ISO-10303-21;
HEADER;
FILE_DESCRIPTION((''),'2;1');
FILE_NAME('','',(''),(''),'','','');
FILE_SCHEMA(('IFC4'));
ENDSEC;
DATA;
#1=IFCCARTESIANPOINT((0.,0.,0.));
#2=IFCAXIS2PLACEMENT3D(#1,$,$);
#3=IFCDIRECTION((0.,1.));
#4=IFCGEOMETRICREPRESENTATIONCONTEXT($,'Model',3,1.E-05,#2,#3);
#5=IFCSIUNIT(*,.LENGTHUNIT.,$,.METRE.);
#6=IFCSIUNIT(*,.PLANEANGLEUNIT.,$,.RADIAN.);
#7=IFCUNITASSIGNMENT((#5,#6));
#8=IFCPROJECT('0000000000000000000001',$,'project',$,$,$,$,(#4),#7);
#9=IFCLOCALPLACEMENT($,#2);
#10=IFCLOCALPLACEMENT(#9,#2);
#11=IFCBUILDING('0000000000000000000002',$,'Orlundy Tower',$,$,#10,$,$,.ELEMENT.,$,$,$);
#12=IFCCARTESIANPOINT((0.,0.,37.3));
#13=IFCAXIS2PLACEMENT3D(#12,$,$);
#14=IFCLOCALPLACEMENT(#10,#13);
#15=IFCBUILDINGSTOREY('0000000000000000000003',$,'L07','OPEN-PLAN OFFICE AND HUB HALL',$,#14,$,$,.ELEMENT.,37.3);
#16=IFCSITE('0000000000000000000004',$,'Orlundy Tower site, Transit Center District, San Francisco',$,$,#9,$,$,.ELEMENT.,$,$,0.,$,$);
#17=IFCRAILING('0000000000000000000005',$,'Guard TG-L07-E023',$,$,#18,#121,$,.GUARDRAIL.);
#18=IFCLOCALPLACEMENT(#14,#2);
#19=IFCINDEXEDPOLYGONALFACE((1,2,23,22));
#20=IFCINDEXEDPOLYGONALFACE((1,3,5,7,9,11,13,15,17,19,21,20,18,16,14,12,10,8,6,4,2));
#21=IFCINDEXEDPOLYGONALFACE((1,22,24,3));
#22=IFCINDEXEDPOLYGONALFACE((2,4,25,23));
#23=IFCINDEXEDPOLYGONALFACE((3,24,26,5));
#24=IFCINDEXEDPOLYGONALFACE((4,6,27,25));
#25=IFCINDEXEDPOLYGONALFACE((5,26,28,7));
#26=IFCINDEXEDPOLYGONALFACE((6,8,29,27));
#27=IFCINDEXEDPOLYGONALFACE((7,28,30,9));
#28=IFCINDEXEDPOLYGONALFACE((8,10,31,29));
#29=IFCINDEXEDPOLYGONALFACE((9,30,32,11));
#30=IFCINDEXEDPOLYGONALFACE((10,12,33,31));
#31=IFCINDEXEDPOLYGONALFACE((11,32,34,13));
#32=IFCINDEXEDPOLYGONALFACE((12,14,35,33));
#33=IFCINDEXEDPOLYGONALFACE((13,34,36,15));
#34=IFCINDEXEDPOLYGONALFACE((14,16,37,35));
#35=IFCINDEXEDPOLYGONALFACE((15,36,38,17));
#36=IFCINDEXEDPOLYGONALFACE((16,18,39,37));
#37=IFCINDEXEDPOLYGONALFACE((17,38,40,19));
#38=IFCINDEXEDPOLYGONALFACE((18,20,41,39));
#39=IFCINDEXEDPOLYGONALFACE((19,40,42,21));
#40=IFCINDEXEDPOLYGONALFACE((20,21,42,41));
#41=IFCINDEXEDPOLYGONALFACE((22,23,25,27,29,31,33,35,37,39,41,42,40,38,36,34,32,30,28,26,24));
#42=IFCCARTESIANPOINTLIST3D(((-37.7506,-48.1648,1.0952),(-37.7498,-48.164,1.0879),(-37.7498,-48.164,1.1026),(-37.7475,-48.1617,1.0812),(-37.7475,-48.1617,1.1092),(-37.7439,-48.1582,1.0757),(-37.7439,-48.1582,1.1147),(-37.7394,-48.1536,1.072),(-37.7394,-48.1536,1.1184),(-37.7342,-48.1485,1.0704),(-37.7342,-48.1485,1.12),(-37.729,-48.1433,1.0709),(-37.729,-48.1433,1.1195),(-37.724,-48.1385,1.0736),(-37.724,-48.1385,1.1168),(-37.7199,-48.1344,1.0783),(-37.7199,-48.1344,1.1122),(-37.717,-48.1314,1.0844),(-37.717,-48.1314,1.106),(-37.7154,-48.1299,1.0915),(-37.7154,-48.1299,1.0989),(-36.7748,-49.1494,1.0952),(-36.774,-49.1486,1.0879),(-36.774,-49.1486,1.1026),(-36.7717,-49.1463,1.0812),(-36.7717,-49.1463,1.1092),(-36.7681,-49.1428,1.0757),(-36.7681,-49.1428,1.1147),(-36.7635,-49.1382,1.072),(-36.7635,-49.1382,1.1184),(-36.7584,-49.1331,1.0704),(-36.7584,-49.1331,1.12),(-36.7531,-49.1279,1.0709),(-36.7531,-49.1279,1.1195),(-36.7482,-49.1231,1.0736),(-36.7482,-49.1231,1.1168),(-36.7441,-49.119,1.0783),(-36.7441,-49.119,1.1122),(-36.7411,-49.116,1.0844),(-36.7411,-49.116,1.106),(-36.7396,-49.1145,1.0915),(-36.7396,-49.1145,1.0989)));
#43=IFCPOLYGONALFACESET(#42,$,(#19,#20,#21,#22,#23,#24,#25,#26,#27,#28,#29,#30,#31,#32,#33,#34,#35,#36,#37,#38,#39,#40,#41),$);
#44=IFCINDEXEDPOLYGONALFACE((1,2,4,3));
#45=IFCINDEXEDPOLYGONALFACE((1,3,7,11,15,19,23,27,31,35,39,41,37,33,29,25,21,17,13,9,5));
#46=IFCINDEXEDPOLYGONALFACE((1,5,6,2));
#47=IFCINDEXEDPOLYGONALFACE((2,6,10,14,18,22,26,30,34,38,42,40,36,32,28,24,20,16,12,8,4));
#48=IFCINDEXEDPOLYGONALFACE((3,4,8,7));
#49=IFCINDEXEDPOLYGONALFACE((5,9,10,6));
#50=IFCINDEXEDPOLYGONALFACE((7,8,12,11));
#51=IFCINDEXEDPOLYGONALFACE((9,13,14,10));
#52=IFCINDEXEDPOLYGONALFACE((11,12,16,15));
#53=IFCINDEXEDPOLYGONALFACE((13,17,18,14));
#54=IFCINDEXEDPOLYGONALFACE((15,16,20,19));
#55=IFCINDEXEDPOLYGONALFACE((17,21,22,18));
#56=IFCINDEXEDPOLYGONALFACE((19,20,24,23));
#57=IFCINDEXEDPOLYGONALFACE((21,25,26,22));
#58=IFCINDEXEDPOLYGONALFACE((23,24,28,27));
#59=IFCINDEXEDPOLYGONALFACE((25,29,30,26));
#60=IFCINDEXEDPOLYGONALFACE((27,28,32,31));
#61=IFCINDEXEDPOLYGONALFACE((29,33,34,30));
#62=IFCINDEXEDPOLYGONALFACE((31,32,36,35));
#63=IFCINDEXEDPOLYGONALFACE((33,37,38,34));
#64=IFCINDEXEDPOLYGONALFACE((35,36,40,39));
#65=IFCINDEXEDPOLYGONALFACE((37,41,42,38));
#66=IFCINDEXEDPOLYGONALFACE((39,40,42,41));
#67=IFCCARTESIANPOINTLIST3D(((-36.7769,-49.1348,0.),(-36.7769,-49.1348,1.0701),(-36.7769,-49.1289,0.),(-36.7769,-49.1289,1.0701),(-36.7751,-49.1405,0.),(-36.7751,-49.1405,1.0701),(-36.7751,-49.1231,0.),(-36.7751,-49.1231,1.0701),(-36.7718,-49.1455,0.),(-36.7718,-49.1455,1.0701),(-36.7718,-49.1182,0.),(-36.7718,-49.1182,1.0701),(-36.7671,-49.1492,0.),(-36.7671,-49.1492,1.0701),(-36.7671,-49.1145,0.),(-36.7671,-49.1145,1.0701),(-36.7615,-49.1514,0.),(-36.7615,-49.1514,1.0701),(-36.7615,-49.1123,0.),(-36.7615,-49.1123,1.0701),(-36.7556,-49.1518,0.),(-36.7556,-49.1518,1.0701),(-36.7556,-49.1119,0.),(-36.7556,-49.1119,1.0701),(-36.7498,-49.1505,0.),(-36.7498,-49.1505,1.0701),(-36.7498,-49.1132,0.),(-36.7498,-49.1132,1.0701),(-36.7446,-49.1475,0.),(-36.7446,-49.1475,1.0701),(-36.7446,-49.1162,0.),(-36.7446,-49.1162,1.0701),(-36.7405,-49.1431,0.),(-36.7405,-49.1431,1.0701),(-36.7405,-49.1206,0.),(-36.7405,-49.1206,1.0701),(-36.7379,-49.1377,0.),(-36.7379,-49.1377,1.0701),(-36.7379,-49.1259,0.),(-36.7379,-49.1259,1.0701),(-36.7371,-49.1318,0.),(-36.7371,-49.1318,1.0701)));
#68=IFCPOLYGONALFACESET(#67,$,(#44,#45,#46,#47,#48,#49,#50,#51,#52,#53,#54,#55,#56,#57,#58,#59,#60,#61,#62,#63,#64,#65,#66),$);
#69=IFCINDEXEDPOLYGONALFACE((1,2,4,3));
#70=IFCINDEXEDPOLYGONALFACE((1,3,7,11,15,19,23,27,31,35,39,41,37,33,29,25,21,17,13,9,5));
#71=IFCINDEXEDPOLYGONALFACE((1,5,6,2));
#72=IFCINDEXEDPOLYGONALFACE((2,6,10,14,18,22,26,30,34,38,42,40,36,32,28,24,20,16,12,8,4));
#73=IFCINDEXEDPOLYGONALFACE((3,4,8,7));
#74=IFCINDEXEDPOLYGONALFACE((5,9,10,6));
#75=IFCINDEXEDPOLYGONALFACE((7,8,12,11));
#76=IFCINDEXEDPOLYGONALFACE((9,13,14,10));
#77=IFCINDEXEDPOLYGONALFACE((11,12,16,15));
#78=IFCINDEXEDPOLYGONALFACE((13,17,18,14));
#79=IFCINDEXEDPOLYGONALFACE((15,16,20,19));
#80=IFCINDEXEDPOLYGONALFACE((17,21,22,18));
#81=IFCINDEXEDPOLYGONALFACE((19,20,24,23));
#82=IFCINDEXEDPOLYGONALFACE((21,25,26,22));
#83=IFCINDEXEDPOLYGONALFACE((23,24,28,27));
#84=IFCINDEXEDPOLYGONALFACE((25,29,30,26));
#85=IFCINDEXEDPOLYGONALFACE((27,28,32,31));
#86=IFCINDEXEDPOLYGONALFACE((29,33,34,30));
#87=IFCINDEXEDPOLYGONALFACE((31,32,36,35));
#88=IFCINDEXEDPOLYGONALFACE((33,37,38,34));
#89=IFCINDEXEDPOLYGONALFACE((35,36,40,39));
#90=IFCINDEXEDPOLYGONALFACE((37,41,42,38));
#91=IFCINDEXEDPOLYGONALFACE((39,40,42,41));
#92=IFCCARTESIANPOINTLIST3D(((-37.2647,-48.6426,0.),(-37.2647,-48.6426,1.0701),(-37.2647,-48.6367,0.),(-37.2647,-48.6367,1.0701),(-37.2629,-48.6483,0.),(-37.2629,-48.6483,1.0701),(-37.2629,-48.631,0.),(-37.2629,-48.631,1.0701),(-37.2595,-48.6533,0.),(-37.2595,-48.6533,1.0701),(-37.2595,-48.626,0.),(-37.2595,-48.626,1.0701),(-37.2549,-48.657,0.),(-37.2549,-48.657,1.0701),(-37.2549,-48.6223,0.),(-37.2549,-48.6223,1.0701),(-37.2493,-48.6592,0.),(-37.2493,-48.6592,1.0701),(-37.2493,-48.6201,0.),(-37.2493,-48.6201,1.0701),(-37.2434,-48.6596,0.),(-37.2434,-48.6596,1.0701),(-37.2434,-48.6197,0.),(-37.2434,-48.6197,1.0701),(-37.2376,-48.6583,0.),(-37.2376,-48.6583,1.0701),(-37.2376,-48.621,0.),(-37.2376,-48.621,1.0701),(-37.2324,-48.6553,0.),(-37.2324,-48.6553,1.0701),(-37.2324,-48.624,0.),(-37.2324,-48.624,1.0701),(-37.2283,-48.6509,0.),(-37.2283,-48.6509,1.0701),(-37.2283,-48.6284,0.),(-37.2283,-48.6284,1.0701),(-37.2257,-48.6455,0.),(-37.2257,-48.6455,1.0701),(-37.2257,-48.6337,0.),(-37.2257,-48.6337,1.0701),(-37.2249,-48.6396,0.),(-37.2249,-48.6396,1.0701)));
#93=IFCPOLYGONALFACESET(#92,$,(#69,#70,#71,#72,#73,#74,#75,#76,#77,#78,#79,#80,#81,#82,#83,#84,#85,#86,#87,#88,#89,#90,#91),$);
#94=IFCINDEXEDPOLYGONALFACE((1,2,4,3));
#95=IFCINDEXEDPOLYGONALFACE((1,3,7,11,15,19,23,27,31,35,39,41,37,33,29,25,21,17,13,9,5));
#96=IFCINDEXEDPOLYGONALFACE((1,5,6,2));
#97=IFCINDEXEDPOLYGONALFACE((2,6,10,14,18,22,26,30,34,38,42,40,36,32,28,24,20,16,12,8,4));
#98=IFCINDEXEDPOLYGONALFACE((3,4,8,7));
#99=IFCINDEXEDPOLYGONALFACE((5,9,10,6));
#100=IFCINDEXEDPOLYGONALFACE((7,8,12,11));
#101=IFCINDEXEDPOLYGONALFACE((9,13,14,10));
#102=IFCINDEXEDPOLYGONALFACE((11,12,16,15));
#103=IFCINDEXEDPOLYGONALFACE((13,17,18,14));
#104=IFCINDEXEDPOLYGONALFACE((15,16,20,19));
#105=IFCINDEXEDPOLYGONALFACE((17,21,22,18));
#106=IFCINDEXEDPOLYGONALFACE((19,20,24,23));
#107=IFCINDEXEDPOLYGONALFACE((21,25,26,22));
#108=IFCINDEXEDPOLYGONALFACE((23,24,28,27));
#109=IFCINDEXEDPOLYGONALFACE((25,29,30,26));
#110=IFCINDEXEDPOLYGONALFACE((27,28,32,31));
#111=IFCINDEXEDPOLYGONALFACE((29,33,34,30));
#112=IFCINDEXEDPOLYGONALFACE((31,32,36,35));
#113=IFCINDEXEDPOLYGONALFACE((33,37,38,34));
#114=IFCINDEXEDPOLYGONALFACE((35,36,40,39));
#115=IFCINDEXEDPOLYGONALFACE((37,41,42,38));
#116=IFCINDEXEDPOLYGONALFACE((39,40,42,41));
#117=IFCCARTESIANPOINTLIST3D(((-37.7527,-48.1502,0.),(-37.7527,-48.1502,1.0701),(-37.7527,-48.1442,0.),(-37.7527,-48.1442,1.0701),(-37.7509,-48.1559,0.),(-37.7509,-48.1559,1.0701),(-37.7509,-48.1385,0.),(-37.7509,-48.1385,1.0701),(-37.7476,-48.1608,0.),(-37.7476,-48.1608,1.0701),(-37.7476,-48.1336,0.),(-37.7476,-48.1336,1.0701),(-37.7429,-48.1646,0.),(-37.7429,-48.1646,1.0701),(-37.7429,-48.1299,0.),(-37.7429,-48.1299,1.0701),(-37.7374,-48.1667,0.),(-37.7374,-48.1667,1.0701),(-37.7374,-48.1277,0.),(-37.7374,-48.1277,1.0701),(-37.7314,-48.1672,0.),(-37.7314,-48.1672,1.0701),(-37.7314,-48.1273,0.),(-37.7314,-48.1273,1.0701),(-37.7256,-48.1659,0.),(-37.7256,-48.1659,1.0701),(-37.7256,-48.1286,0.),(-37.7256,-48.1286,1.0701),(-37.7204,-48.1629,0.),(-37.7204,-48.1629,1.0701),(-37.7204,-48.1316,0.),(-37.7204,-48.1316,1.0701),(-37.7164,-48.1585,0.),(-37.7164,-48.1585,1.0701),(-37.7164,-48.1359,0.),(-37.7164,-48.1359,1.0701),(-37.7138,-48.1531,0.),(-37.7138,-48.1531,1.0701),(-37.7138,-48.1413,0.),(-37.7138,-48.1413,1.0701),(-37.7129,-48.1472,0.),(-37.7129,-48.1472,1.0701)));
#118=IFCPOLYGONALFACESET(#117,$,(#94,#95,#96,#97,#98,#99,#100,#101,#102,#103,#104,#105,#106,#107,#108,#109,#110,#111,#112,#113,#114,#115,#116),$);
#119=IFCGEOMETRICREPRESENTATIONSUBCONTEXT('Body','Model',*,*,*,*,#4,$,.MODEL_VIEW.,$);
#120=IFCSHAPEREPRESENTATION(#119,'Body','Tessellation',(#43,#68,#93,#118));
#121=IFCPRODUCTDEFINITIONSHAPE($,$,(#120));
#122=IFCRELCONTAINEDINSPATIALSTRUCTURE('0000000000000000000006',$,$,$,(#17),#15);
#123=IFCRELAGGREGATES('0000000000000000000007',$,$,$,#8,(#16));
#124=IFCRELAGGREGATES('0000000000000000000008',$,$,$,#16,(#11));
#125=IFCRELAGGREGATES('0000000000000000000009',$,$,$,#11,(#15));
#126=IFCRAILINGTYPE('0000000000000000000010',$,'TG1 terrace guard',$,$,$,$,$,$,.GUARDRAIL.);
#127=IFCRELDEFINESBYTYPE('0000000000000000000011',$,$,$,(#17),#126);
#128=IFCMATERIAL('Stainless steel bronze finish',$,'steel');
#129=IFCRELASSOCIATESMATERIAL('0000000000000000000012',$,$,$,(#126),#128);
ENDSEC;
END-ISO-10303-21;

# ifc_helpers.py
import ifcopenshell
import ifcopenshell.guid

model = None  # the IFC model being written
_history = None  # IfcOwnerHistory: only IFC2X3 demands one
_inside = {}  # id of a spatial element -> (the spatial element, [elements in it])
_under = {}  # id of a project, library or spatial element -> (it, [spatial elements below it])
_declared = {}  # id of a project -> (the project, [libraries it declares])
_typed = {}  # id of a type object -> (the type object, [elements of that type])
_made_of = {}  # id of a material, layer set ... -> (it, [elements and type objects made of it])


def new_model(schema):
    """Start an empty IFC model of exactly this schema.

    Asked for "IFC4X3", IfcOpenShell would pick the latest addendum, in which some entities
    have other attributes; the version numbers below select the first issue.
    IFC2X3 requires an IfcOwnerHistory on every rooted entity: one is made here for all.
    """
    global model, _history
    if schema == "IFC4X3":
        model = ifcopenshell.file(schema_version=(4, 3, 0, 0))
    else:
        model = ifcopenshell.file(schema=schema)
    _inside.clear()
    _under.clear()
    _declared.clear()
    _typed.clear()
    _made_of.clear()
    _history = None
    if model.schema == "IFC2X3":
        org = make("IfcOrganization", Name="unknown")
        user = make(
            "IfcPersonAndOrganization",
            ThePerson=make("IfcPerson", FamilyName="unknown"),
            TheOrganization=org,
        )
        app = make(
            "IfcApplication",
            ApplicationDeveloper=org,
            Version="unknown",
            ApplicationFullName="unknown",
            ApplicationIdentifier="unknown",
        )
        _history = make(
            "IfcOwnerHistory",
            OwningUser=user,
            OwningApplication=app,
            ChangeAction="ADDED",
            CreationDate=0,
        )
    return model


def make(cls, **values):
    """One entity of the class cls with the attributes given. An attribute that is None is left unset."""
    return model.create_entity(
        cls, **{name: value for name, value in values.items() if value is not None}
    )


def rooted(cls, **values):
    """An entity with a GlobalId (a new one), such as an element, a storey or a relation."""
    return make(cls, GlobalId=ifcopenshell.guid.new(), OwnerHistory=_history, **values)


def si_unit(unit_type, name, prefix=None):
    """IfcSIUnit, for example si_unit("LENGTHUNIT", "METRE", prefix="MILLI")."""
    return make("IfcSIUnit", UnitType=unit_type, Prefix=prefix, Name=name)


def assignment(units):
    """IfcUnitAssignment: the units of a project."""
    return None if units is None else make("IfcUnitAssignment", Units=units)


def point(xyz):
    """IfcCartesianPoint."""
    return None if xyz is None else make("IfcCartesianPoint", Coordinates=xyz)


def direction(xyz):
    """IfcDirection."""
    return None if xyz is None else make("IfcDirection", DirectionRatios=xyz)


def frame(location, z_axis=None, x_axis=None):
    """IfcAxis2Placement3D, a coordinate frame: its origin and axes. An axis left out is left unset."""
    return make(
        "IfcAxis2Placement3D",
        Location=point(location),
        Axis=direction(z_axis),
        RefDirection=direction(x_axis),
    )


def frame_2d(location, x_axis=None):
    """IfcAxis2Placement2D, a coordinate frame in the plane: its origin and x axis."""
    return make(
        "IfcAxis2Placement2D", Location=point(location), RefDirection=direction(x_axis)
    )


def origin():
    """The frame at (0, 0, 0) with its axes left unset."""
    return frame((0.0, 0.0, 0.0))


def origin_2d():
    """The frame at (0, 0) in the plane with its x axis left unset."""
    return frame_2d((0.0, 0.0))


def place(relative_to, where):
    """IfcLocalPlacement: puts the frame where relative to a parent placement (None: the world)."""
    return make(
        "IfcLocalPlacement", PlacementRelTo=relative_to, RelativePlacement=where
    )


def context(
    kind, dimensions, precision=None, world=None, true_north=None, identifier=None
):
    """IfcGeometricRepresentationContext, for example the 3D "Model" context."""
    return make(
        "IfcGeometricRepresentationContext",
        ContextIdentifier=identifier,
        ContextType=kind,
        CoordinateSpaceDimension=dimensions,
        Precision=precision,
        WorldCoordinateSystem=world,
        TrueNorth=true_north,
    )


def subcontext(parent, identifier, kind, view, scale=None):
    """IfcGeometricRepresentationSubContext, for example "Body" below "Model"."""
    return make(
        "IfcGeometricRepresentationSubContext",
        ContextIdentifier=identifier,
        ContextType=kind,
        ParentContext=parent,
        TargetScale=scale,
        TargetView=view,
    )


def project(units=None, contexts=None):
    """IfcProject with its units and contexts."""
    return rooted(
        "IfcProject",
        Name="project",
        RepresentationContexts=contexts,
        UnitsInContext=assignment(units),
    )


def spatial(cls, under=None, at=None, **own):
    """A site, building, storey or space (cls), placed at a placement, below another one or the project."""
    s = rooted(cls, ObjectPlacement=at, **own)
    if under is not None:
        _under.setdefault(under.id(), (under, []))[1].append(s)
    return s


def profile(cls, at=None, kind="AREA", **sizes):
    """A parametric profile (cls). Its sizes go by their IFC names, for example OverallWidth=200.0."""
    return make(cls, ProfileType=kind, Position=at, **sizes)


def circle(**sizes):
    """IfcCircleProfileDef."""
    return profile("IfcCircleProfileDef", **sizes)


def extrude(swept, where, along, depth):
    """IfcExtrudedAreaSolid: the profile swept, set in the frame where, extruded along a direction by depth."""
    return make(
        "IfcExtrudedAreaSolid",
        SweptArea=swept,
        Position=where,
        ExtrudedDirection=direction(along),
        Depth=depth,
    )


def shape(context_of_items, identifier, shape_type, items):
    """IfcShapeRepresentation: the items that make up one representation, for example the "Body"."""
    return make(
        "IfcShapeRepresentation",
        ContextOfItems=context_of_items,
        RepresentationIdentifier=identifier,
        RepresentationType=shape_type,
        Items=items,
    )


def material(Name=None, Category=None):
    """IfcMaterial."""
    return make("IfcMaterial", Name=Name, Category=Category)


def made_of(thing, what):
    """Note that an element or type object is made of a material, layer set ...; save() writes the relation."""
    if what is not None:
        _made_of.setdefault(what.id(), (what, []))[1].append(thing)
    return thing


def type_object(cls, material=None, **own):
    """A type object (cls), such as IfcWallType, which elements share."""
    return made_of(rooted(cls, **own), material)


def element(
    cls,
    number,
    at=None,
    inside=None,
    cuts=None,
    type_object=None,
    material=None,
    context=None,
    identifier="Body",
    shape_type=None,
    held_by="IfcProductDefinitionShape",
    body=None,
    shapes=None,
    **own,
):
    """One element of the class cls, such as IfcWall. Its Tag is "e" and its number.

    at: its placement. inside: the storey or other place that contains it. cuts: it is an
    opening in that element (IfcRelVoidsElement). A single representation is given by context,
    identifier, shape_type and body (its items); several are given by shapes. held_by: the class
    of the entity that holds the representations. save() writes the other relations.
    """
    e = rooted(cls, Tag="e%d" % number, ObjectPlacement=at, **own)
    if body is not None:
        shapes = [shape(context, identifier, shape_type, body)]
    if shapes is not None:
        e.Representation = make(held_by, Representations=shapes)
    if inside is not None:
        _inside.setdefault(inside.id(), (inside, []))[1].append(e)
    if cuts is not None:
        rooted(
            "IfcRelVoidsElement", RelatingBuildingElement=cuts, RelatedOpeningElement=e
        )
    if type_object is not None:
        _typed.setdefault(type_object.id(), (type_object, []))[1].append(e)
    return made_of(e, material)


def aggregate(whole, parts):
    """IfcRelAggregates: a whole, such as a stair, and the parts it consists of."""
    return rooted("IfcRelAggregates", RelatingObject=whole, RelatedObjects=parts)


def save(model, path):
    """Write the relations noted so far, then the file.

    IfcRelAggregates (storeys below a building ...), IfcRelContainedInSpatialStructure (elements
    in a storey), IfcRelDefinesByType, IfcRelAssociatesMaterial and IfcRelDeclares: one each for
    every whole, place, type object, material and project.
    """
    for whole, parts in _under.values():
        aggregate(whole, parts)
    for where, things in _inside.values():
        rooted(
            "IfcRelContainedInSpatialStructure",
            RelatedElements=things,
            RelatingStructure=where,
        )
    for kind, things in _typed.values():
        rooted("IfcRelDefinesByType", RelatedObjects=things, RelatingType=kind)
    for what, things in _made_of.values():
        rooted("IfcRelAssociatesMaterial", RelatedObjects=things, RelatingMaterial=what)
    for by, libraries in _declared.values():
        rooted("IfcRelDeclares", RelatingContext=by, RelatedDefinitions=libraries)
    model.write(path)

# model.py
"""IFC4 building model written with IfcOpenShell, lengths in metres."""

from ifc_helpers import new_model, si_unit, direction, frame, origin, origin_2d, place, context, subcontext, project, spatial, circle, extrude, material, type_object, element, save


model = new_model("IFC4")

# Units and contexts
model_context = context("Model", 3, precision=1e-05, world=origin(), true_north=direction((0.0, 1.0)))
body_context = subcontext(model_context, "Body", "Model", "MODEL_VIEW")
ifc_project = project(units=[si_unit("LENGTHUNIT", "METRE"), si_unit("PLANEANGLEUNIT", "RADIAN")], contexts=[model_context])

# Site, building, storey
site_placement = place(None, origin())
site = spatial("IfcSite", under=ifc_project, at=site_placement, Name="Orlundy Tower site, Transit Center District, San Francisco", CompositionType="ELEMENT", RefElevation=0.0)
building_placement = place(site_placement, origin())
building = spatial("IfcBuilding", under=site, at=building_placement, Name="Orlundy Tower", CompositionType="ELEMENT")
storey_placement = place(building_placement, frame((0.0, 0.0, 37.3)))
storey = spatial("IfcBuildingStorey", under=building, at=storey_placement, Name="L07", Description="OPEN-PLAN OFFICE AND HUB HALL", CompositionType="ELEMENT", Elevation=37.3)

# Railing
ifc_material_1 = material(Name="Stainless steel bronze finish", Category="steel")
railing_type = type_object("IfcRailingType", Name="TG1 terrace guard", PredefinedType="GUARDRAIL", material=ifc_material_1)
railing_1_placement = place(storey_placement, frame((-36.7571, -49.1318, 0.0)))
element("IfcRailing", 1, at=railing_1_placement, inside=storey, type_object=railing_type, Name="Guard TG-L07-E023", PredefinedType="GUARDRAIL", context=body_context, shape_type="SweptSolid", body=[
    extrude(circle(Radius=0.0249, at=origin_2d()), frame((0.0, 0.0, 1.0952), z_axis=(-0.70393, 0.71027, 0.0), x_axis=(-0.71027, -0.70393, 0.0)), (0.0, 0.0, 1.0), 1.3862),
    extrude(circle(Radius=0.02, at=origin_2d()), origin(), (0.0, 0.0, 1.0), 1.0701),
    extrude(circle(Radius=0.02, at=origin_2d()), frame((-0.4878, 0.4922, 0.0)), (0.0, 0.0, 1.0), 1.0701),
    extrude(circle(Radius=0.02, at=origin_2d()), frame((-0.9758, 0.9846, 0.0)), (0.0, 0.0, 1.0), 1.0701),
])

save(model, "model.ifc")
